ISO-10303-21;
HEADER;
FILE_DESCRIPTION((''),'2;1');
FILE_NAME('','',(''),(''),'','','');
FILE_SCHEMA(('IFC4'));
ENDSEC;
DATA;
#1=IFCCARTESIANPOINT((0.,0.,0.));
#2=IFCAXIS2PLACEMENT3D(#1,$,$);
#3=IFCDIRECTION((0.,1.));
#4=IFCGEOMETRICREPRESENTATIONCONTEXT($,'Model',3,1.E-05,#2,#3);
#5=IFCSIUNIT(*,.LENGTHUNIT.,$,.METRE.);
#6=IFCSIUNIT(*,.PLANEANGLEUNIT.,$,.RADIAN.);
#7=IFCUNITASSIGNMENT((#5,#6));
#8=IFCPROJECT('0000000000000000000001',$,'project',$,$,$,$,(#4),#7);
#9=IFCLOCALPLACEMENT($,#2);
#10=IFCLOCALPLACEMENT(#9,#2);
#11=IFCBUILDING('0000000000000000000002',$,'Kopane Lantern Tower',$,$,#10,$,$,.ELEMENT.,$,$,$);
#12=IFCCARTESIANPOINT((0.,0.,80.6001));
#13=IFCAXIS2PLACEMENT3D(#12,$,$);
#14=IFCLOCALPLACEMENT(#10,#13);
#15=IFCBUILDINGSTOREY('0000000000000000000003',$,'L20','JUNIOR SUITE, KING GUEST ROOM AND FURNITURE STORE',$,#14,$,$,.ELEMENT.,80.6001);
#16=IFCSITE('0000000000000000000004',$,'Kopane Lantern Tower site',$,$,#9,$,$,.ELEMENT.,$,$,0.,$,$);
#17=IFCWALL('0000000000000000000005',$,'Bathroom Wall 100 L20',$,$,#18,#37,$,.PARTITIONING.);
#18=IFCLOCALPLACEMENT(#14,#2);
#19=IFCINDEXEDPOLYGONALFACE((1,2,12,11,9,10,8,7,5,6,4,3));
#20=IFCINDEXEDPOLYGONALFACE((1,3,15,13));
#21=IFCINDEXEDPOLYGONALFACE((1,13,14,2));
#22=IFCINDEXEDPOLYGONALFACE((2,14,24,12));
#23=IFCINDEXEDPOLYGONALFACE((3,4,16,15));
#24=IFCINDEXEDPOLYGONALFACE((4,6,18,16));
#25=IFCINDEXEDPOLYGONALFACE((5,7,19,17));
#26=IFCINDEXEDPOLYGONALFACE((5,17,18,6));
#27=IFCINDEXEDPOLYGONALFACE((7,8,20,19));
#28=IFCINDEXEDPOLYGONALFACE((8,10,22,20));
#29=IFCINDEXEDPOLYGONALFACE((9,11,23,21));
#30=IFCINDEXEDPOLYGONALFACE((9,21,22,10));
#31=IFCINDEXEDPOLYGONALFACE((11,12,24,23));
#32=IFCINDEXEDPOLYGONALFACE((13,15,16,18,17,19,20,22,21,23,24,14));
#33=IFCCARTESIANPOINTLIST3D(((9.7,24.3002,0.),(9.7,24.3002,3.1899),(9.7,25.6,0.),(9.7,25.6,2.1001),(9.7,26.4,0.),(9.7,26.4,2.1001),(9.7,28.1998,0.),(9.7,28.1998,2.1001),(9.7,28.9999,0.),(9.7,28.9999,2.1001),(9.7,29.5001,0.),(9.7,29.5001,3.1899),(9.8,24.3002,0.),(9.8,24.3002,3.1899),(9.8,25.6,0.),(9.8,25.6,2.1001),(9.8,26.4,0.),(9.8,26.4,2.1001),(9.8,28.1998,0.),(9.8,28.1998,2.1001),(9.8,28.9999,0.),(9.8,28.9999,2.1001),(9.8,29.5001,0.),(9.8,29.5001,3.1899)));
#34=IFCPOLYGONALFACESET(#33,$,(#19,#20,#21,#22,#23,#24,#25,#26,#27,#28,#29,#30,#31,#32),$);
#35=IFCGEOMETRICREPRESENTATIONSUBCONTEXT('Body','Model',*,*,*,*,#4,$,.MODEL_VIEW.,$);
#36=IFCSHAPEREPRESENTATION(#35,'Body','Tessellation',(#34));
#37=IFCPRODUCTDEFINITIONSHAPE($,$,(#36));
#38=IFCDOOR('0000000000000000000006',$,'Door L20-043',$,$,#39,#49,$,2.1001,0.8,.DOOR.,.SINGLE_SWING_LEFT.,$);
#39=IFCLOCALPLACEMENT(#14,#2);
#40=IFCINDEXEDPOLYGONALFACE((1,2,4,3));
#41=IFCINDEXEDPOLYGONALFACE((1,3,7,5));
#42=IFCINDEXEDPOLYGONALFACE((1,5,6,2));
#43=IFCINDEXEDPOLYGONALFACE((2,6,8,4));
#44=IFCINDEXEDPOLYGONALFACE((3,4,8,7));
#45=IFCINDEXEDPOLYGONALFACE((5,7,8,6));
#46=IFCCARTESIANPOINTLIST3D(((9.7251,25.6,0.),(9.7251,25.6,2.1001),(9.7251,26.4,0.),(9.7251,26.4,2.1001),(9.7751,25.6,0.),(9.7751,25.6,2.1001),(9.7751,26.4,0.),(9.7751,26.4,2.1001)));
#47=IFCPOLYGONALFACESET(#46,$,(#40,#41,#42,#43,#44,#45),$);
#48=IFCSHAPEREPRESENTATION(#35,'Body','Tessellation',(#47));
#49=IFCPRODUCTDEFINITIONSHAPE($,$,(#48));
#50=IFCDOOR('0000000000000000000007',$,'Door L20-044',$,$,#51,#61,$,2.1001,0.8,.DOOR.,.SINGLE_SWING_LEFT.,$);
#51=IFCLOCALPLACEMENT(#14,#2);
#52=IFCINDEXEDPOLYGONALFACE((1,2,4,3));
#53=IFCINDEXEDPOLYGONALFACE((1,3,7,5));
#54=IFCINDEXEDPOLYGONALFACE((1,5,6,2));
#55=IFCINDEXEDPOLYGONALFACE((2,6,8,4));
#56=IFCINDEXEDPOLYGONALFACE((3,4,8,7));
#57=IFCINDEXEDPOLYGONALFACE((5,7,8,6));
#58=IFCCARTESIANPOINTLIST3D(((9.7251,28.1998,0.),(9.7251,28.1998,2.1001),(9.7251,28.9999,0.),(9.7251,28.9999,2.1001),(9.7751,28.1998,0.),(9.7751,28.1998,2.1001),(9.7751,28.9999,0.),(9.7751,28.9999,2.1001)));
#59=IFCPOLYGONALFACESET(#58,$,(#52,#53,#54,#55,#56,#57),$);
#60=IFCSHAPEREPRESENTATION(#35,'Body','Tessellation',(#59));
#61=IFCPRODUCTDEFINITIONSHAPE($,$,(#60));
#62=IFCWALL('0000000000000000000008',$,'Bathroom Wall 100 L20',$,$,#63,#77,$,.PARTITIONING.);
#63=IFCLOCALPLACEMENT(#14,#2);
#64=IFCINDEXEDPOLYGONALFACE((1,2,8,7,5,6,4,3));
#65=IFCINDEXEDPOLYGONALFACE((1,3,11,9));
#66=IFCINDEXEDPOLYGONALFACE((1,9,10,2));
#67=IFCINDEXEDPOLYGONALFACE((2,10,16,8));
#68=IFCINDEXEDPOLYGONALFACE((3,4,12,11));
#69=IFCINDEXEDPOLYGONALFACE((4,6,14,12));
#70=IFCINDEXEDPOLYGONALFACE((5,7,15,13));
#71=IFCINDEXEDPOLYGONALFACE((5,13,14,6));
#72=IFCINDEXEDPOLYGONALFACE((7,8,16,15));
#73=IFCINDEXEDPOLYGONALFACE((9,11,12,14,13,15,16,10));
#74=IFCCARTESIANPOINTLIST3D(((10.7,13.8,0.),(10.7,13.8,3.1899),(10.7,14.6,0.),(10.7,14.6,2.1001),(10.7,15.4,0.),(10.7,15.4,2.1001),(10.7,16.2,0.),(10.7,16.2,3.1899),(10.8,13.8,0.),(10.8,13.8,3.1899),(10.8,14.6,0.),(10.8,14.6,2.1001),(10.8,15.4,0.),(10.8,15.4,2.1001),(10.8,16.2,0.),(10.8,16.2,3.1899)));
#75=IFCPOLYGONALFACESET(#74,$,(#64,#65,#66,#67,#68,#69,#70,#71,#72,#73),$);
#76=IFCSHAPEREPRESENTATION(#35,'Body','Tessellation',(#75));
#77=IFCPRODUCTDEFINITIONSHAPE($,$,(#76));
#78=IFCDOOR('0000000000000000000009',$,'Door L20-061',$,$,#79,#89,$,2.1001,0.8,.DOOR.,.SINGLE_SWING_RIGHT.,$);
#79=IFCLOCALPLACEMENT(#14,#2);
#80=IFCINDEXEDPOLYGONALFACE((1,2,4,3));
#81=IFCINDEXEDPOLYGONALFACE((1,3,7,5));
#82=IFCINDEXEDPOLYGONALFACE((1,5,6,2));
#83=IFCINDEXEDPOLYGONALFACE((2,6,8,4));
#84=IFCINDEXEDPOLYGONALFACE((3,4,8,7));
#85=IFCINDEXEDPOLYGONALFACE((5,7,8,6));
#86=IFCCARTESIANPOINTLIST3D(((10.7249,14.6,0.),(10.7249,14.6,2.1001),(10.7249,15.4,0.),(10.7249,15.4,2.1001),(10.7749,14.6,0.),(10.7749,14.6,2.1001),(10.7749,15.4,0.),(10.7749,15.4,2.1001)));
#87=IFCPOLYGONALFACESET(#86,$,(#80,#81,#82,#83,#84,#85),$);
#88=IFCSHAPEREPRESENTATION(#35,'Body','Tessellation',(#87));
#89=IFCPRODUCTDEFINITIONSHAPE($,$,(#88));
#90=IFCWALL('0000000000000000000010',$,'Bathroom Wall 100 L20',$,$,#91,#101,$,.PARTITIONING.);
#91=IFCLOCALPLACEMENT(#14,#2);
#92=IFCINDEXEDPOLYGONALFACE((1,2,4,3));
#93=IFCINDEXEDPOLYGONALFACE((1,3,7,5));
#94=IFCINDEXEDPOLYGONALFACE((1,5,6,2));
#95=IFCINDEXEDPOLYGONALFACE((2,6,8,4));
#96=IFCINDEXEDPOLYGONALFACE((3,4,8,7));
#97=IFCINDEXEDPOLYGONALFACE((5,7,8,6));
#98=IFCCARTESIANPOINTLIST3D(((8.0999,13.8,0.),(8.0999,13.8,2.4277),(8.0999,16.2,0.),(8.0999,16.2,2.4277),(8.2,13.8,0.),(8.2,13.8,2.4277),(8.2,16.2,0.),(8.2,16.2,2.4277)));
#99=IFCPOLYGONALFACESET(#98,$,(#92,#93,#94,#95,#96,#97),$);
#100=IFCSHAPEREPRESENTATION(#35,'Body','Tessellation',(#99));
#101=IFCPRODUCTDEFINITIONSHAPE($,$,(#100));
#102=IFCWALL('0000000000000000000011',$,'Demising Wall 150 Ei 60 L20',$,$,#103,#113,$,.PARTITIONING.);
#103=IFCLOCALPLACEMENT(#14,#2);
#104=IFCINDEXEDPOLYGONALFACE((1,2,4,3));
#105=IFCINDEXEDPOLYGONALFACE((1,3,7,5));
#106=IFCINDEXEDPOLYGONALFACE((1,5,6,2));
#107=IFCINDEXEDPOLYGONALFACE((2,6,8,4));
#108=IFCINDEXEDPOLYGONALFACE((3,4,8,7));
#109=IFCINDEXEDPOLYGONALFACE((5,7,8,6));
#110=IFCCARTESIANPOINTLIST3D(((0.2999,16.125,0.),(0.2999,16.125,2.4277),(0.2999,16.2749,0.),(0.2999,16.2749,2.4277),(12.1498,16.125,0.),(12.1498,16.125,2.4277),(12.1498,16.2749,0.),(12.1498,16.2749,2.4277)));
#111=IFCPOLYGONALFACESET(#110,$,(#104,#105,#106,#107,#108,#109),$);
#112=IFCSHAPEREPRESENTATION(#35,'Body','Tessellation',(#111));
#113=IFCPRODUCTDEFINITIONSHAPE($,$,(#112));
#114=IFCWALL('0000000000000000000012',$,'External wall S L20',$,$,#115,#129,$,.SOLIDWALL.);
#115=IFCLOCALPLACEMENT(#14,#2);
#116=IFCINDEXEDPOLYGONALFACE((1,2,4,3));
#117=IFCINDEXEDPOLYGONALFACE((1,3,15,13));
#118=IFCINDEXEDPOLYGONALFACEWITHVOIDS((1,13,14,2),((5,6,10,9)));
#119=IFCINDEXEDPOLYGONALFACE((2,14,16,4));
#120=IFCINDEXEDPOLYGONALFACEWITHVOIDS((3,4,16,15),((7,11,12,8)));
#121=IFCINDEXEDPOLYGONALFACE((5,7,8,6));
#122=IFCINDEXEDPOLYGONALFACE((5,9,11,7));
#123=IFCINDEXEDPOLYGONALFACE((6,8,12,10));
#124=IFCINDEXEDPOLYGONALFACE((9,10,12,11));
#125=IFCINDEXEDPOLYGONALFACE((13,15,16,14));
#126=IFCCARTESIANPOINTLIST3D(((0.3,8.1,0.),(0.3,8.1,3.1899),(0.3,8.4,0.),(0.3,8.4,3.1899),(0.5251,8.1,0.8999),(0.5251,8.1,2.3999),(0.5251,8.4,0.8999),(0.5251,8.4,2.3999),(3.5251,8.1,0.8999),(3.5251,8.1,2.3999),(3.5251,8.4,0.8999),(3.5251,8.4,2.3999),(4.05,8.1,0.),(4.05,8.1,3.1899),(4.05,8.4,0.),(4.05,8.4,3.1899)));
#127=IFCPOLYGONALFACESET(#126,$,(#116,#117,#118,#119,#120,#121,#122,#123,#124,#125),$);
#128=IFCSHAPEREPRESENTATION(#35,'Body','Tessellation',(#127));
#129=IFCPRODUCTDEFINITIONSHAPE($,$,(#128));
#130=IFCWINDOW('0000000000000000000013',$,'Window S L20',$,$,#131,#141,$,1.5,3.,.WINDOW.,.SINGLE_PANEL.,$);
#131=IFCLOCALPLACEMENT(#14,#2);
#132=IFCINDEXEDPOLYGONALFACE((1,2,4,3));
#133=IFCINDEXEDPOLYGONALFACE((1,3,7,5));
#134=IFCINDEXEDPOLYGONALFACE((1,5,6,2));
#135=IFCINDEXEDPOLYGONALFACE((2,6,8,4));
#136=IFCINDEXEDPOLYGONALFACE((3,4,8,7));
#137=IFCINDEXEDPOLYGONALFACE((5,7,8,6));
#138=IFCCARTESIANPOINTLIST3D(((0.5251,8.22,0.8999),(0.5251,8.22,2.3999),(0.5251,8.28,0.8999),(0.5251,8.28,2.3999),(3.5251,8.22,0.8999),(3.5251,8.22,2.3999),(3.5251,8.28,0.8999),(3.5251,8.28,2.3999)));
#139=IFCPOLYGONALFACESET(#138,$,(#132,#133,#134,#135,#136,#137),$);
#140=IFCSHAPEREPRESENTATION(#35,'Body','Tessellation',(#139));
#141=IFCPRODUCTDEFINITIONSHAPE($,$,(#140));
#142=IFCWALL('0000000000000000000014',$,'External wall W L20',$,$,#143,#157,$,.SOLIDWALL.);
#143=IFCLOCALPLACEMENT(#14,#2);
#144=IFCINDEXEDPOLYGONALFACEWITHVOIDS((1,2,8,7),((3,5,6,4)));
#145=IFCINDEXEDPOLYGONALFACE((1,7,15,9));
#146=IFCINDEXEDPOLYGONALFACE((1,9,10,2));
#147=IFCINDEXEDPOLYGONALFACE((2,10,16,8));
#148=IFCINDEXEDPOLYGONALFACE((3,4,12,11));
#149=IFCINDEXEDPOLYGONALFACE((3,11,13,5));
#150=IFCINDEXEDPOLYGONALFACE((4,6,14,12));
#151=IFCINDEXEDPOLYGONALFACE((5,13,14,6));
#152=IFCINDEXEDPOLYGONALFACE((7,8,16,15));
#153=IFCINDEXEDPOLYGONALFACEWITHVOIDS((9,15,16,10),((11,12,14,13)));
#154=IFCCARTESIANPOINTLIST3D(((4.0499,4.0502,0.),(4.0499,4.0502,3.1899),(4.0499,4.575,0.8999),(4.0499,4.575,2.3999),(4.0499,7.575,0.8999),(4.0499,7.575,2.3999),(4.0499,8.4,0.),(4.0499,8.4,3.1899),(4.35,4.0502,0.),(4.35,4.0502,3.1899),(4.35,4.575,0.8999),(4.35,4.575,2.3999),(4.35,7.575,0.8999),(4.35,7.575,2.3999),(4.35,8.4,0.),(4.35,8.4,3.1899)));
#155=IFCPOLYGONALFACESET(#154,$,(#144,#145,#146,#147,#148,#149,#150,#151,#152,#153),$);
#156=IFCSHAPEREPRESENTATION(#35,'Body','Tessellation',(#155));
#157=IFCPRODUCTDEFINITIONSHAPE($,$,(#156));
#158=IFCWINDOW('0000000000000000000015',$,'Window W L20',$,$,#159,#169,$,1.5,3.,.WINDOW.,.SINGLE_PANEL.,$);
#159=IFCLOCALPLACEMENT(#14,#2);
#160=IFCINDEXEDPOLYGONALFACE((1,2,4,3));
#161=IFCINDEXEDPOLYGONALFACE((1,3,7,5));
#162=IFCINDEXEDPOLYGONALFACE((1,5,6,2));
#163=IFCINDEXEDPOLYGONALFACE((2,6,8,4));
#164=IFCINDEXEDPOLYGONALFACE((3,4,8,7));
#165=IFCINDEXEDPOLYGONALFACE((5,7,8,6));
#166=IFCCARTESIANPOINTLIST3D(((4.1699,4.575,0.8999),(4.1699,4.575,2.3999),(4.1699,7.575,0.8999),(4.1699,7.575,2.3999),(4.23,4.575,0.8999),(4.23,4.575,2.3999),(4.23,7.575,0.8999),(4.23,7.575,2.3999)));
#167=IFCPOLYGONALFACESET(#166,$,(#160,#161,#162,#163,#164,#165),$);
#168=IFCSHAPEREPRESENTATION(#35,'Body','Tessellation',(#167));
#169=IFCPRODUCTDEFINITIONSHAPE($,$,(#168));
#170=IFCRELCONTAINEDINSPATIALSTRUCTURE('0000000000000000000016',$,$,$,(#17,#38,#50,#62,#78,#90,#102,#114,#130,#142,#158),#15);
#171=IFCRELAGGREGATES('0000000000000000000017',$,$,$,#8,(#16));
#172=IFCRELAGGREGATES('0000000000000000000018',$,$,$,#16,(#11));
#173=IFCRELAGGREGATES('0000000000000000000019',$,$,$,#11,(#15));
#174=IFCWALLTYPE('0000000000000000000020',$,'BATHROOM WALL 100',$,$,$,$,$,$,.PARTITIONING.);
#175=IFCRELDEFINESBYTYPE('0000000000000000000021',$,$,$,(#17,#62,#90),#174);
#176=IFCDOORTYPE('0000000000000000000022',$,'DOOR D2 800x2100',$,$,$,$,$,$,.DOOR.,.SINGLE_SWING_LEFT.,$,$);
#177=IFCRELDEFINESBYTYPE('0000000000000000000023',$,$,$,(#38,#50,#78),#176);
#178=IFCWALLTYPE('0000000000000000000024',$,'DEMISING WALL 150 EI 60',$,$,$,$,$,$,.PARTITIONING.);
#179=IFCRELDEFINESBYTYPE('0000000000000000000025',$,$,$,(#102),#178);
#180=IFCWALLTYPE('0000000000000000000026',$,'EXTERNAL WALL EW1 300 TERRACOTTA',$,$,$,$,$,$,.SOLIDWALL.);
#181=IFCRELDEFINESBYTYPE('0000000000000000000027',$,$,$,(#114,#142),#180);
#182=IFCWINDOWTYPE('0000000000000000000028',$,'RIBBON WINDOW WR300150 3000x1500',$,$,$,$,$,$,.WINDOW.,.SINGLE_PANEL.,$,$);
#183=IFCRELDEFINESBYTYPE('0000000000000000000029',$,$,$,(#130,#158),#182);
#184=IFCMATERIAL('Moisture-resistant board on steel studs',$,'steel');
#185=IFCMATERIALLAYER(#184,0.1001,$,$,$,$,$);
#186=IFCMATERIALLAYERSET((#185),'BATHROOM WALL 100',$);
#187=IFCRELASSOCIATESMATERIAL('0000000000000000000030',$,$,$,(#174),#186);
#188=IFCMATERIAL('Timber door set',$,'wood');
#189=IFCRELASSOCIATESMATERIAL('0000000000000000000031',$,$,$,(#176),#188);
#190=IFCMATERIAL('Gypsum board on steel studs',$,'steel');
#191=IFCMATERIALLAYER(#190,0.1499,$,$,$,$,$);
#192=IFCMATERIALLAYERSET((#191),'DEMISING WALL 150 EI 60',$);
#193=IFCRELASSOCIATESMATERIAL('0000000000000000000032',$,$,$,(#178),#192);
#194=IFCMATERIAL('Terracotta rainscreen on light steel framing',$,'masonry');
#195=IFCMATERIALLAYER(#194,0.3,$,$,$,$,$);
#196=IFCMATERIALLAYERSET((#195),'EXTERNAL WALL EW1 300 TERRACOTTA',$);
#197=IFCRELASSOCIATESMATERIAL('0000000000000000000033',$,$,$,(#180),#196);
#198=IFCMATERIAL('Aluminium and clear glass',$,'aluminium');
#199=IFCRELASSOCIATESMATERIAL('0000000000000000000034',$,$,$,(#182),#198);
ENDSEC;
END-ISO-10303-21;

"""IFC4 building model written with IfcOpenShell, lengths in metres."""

from ifc_helpers import new_model, si_unit, direction, frame, frame_2d, origin, place, context, subcontext, project, spatial, rectangle, extrude, material, layer, layer_set, type_object, element, fill, save


model = new_model("IFC4")

# Units and contexts
model_context = context("Model", 3, precision=1e-05, world=origin(), true_north=direction((0.0, 1.0)))
body_context = subcontext(model_context, "Body", "Model", "MODEL_VIEW")
ifc_project = project(units=[si_unit("LENGTHUNIT", "METRE"), si_unit("PLANEANGLEUNIT", "RADIAN")], contexts=[model_context])

# Site, building, storey
site_placement = place(None, origin())
site = spatial("IfcSite", under=ifc_project, at=site_placement, Name="Kopane Lantern Tower site", CompositionType="ELEMENT", RefElevation=0.0)
building_placement = place(site_placement, origin())
building = spatial("IfcBuilding", under=site, at=building_placement, Name="Kopane Lantern Tower", CompositionType="ELEMENT")
storey_placement = place(building_placement, frame((0.0, 0.0, 80.6001)))
storey = spatial("IfcBuildingStorey", under=building, at=storey_placement, Name="L20", Description="JUNIOR SUITE, KING GUEST ROOM AND FURNITURE STORE", CompositionType="ELEMENT", Elevation=80.6001)

# Shared definitions
ifc_material_1 = material(Name="Moisture-resistant board on steel studs", Category="steel")
ifc_layer_1 = layer(ifc_material_1, 0.1001)
ifc_layer_set_1 = layer_set([ifc_layer_1], Name="BATHROOM WALL 100")
wall_type_1 = type_object("IfcWallType", Name="BATHROOM WALL 100", PredefinedType="PARTITIONING", material=ifc_layer_set_1)

# Wall, openings, doors
wall_1_placement = place(storey_placement, frame((9.75, 24.3, 0.0), z_axis=(0.0, 0.0, 1.0), x_axis=(0.0, 1.0, 0.0)))
wall_1 = element("IfcWall", 1, at=wall_1_placement, inside=storey, type_object=wall_type_1, Name="Bathroom Wall 100 L20", PredefinedType="PARTITIONING", context=body_context, shape_type="SweptSolid", body=[
    extrude(rectangle(XDim=5.2, YDim=0.1001, at=frame_2d((2.6001, 0.0))), origin(), (0.0, 0.0, 1.0), 3.1899),
])
opening_1_placement = place(wall_1_placement, frame((1.3, 0.0, 0.0)))
opening_1 = element("IfcOpeningElement", 2, at=opening_1_placement, cuts=wall_1, PredefinedType="OPENING", context=body_context, shape_type="SweptSolid", body=[
    extrude(rectangle(XDim=0.8, YDim=2.1001, at=frame_2d((0.3999, 1.05))), frame((0.0, 0.0601, 0.0), z_axis=(0.0, -1.0, 0.0), x_axis=(1.0, 0.0, 0.0)), (0.0, 0.0, 1.0), 0.1201),
])
opening_2_placement = place(wall_1_placement, frame((3.8999, 0.0, 0.0)))
opening_2 = element("IfcOpeningElement", 3, at=opening_2_placement, cuts=wall_1, PredefinedType="OPENING", context=body_context, shape_type="SweptSolid", body=[
    extrude(rectangle(XDim=0.8, YDim=2.1001, at=frame_2d((0.3999, 1.05))), frame((0.0, 0.0601, 0.0), z_axis=(0.0, -1.0, 0.0), x_axis=(1.0, 0.0, 0.0)), (0.0, 0.0, 1.0), 0.1201),
])
ifc_material_2 = material(Name="Timber door set", Category="wood")
door_type_1 = type_object("IfcDoorType", Name="DOOR D2 800x2100", OperationType="SINGLE_SWING_LEFT", PredefinedType="DOOR", material=ifc_material_2)
door_1_placement = place(opening_1_placement, origin())
door_1 = element("IfcDoor", 4, at=door_1_placement, inside=storey, type_object=door_type_1, Name="Door L20-043", OperationType="SINGLE_SWING_LEFT", OverallHeight=2.1001, OverallWidth=0.8, PredefinedType="DOOR", context=body_context, shape_type="SweptSolid", body=[
    extrude(rectangle(XDim=0.8, YDim=2.1001, at=frame_2d((0.3999, 1.05))), frame((0.0, 0.0249, 0.0), z_axis=(0.0, -1.0, 0.0), x_axis=(1.0, 0.0, 0.0)), (0.0, 0.0, 1.0), 0.05),
])
fill(opening_1, door_1)
door_2_placement = place(opening_2_placement, origin())
door_2 = element("IfcDoor", 5, at=door_2_placement, inside=storey, type_object=door_type_1, Name="Door L20-044", OperationType="SINGLE_SWING_LEFT", OverallHeight=2.1001, OverallWidth=0.8, PredefinedType="DOOR", context=body_context, shape_type="SweptSolid", body=[
    extrude(rectangle(XDim=0.8, YDim=2.1001, at=frame_2d((0.3999, 1.05))), frame((0.0, 0.0249, 0.0), z_axis=(0.0, -1.0, 0.0), x_axis=(1.0, 0.0, 0.0)), (0.0, 0.0, 1.0), 0.05),
])
fill(opening_2, door_2)

# Wall, opening, door
wall_2_placement = place(storey_placement, frame((10.75, 16.2, 0.0), z_axis=(0.0, 0.0, 1.0), x_axis=(0.0, -1.0, 0.0)))
wall_2 = element("IfcWall", 6, at=wall_2_placement, inside=storey, type_object=wall_type_1, Name="Bathroom Wall 100 L20", PredefinedType="PARTITIONING", context=body_context, shape_type="SweptSolid", body=[
    extrude(rectangle(XDim=2.3999, YDim=0.1001, at=frame_2d((1.2, 0.0))), origin(), (0.0, 0.0, 1.0), 3.1899),
])
opening_3_placement = place(wall_2_placement, frame((0.8, 0.0, 0.0)))
opening_3 = element("IfcOpeningElement", 7, at=opening_3_placement, cuts=wall_2, PredefinedType="OPENING", context=body_context, shape_type="SweptSolid", body=[
    extrude(rectangle(XDim=0.8, YDim=2.1001, at=frame_2d((0.3999, 1.05))), frame((0.0, 0.0601, 0.0), z_axis=(0.0, -1.0, 0.0), x_axis=(1.0, 0.0, 0.0)), (0.0, 0.0, 1.0), 0.1201),
])
door_3_placement = place(opening_3_placement, origin())
door_3 = element("IfcDoor", 8, at=door_3_placement, inside=storey, type_object=door_type_1, Name="Door L20-061", OperationType="SINGLE_SWING_RIGHT", OverallHeight=2.1001, OverallWidth=0.8, PredefinedType="DOOR", context=body_context, shape_type="SweptSolid", body=[
    extrude(rectangle(XDim=0.8, YDim=2.1001, at=frame_2d((0.3999, 1.05))), frame((0.0, 0.0249, 0.0), z_axis=(0.0, -1.0, 0.0), x_axis=(1.0, 0.0, 0.0)), (0.0, 0.0, 1.0), 0.05),
])
fill(opening_3, door_3)

# Walls
wall_3_placement = place(storey_placement, frame((8.1499, 16.2, 0.0), z_axis=(0.0, 0.0, 1.0), x_axis=(0.0, -1.0, 0.0)))
element("IfcWall", 9, at=wall_3_placement, inside=storey, type_object=wall_type_1, Name="Bathroom Wall 100 L20", PredefinedType="PARTITIONING", context=body_context, shape_type="SweptSolid", body=[
    extrude(rectangle(XDim=2.3999, YDim=0.1001, at=frame_2d((1.2, 0.0))), origin(), (0.0, 0.0, 1.0), 2.4277),
])
ifc_material_3 = material(Name="Gypsum board on steel studs", Category="steel")
ifc_layer_2 = layer(ifc_material_3, 0.1499)
ifc_layer_set_2 = layer_set([ifc_layer_2], Name="DEMISING WALL 150 EI 60")
wall_type_2 = type_object("IfcWallType", Name="DEMISING WALL 150 EI 60", PredefinedType="PARTITIONING", material=ifc_layer_set_2)
wall_4_placement = place(storey_placement, frame((0.3, 16.2, 0.0), z_axis=(0.0, 0.0, 1.0), x_axis=(1.0, 0.0, 0.0)))
element("IfcWall", 10, at=wall_4_placement, inside=storey, type_object=wall_type_2, Name="Demising Wall 150 Ei 60 L20", PredefinedType="PARTITIONING", context=body_context, shape_type="SweptSolid", body=[
    extrude(rectangle(XDim=11.8499, YDim=0.1499, at=frame_2d((5.9248, 0.0))), origin(), (0.0, 0.0, 1.0), 2.4277),
])

# Walls, openings, windows
ifc_material_4 = material(Name="Terracotta rainscreen on light steel framing", Category="masonry")
ifc_layer_3 = layer(ifc_material_4, 0.3)
ifc_layer_set_3 = layer_set([ifc_layer_3], Name="EXTERNAL WALL EW1 300 TERRACOTTA")
wall_type_3 = type_object("IfcWallType", Name="EXTERNAL WALL EW1 300 TERRACOTTA", PredefinedType="SOLIDWALL", material=ifc_layer_set_3)
wall_5_placement = place(storey_placement, frame((0.3, 8.25, 0.0), z_axis=(0.0, 0.0, 1.0), x_axis=(1.0, 0.0, 0.0)))
wall_5 = element("IfcWall", 11, at=wall_5_placement, inside=storey, type_object=wall_type_3, Name="External wall S L20", PredefinedType="SOLIDWALL", context=body_context, shape_type="SweptSolid", body=[
    extrude(rectangle(XDim=3.75, YDim=0.3, at=frame_2d((1.875, 0.0))), origin(), (0.0, 0.0, 1.0), 3.1899),
])
opening_4_placement = place(wall_5_placement, frame((0.2251, 0.0, 0.8999)))
opening_4 = element("IfcOpeningElement", 12, at=opening_4_placement, cuts=wall_5, PredefinedType="OPENING", context=body_context, shape_type="SweptSolid", body=[
    extrude(rectangle(XDim=3.0, YDim=1.5, at=frame_2d((1.5, 0.75))), frame((0.0, 0.1599, 0.0), z_axis=(0.0, -1.0, 0.0), x_axis=(1.0, 0.0, 0.0)), (0.0, 0.0, 1.0), 0.3201),
])
ifc_material_5 = material(Name="Aluminium and clear glass", Category="aluminium")
window_type = type_object("IfcWindowType", Name="RIBBON WINDOW WR300150 3000x1500", PartitioningType="SINGLE_PANEL", PredefinedType="WINDOW", material=ifc_material_5)
window_1_placement = place(opening_4_placement, origin())
window_1 = element("IfcWindow", 13, at=window_1_placement, inside=storey, type_object=window_type, Name="Window S L20", OverallHeight=1.5, OverallWidth=3.0, PartitioningType="SINGLE_PANEL", PredefinedType="WINDOW", context=body_context, shape_type="SweptSolid", body=[
    extrude(rectangle(XDim=3.0, YDim=1.5, at=frame_2d((1.5, 0.75))), frame((0.0, 0.03, 0.0), z_axis=(0.0, -1.0, 0.0), x_axis=(1.0, 0.0, 0.0)), (0.0, 0.0, 1.0), 0.0601),
])
fill(opening_4, window_1)
wall_6_placement = place(storey_placement, frame((4.2, 8.3999, 0.0), z_axis=(0.0, 0.0, 1.0), x_axis=(0.0, -1.0, 0.0)))
wall_6 = element("IfcWall", 14, at=wall_6_placement, inside=storey, type_object=wall_type_3, Name="External wall W L20", PredefinedType="SOLIDWALL", context=body_context, shape_type="SweptSolid", body=[
    extrude(rectangle(XDim=4.3499, YDim=0.3, at=frame_2d((2.1748, 0.0))), origin(), (0.0, 0.0, 1.0), 3.1899),
])
opening_5_placement = place(wall_6_placement, frame((0.825, 0.0, 0.8999)))
opening_5 = element("IfcOpeningElement", 15, at=opening_5_placement, cuts=wall_6, PredefinedType="OPENING", context=body_context, shape_type="SweptSolid", body=[
    extrude(rectangle(XDim=3.0, YDim=1.5, at=frame_2d((1.5, 0.75))), frame((0.0, 0.1599, 0.0), z_axis=(0.0, -1.0, 0.0), x_axis=(1.0, 0.0, 0.0)), (0.0, 0.0, 1.0), 0.3201),
])
window_2_placement = place(opening_5_placement, origin())
window_2 = element("IfcWindow", 16, at=window_2_placement, inside=storey, type_object=window_type, Name="Window W L20", OverallHeight=1.5, OverallWidth=3.0, PartitioningType="SINGLE_PANEL", PredefinedType="WINDOW", context=body_context, shape_type="SweptSolid", body=[
    extrude(rectangle(XDim=3.0, YDim=1.5, at=frame_2d((1.5, 0.75))), frame((0.0, 0.03, 0.0), z_axis=(0.0, -1.0, 0.0), x_axis=(1.0, 0.0, 0.0)), (0.0, 0.0, 1.0), 0.0601),
])
fill(opening_5, window_2)

save(model, "model.ifc")
